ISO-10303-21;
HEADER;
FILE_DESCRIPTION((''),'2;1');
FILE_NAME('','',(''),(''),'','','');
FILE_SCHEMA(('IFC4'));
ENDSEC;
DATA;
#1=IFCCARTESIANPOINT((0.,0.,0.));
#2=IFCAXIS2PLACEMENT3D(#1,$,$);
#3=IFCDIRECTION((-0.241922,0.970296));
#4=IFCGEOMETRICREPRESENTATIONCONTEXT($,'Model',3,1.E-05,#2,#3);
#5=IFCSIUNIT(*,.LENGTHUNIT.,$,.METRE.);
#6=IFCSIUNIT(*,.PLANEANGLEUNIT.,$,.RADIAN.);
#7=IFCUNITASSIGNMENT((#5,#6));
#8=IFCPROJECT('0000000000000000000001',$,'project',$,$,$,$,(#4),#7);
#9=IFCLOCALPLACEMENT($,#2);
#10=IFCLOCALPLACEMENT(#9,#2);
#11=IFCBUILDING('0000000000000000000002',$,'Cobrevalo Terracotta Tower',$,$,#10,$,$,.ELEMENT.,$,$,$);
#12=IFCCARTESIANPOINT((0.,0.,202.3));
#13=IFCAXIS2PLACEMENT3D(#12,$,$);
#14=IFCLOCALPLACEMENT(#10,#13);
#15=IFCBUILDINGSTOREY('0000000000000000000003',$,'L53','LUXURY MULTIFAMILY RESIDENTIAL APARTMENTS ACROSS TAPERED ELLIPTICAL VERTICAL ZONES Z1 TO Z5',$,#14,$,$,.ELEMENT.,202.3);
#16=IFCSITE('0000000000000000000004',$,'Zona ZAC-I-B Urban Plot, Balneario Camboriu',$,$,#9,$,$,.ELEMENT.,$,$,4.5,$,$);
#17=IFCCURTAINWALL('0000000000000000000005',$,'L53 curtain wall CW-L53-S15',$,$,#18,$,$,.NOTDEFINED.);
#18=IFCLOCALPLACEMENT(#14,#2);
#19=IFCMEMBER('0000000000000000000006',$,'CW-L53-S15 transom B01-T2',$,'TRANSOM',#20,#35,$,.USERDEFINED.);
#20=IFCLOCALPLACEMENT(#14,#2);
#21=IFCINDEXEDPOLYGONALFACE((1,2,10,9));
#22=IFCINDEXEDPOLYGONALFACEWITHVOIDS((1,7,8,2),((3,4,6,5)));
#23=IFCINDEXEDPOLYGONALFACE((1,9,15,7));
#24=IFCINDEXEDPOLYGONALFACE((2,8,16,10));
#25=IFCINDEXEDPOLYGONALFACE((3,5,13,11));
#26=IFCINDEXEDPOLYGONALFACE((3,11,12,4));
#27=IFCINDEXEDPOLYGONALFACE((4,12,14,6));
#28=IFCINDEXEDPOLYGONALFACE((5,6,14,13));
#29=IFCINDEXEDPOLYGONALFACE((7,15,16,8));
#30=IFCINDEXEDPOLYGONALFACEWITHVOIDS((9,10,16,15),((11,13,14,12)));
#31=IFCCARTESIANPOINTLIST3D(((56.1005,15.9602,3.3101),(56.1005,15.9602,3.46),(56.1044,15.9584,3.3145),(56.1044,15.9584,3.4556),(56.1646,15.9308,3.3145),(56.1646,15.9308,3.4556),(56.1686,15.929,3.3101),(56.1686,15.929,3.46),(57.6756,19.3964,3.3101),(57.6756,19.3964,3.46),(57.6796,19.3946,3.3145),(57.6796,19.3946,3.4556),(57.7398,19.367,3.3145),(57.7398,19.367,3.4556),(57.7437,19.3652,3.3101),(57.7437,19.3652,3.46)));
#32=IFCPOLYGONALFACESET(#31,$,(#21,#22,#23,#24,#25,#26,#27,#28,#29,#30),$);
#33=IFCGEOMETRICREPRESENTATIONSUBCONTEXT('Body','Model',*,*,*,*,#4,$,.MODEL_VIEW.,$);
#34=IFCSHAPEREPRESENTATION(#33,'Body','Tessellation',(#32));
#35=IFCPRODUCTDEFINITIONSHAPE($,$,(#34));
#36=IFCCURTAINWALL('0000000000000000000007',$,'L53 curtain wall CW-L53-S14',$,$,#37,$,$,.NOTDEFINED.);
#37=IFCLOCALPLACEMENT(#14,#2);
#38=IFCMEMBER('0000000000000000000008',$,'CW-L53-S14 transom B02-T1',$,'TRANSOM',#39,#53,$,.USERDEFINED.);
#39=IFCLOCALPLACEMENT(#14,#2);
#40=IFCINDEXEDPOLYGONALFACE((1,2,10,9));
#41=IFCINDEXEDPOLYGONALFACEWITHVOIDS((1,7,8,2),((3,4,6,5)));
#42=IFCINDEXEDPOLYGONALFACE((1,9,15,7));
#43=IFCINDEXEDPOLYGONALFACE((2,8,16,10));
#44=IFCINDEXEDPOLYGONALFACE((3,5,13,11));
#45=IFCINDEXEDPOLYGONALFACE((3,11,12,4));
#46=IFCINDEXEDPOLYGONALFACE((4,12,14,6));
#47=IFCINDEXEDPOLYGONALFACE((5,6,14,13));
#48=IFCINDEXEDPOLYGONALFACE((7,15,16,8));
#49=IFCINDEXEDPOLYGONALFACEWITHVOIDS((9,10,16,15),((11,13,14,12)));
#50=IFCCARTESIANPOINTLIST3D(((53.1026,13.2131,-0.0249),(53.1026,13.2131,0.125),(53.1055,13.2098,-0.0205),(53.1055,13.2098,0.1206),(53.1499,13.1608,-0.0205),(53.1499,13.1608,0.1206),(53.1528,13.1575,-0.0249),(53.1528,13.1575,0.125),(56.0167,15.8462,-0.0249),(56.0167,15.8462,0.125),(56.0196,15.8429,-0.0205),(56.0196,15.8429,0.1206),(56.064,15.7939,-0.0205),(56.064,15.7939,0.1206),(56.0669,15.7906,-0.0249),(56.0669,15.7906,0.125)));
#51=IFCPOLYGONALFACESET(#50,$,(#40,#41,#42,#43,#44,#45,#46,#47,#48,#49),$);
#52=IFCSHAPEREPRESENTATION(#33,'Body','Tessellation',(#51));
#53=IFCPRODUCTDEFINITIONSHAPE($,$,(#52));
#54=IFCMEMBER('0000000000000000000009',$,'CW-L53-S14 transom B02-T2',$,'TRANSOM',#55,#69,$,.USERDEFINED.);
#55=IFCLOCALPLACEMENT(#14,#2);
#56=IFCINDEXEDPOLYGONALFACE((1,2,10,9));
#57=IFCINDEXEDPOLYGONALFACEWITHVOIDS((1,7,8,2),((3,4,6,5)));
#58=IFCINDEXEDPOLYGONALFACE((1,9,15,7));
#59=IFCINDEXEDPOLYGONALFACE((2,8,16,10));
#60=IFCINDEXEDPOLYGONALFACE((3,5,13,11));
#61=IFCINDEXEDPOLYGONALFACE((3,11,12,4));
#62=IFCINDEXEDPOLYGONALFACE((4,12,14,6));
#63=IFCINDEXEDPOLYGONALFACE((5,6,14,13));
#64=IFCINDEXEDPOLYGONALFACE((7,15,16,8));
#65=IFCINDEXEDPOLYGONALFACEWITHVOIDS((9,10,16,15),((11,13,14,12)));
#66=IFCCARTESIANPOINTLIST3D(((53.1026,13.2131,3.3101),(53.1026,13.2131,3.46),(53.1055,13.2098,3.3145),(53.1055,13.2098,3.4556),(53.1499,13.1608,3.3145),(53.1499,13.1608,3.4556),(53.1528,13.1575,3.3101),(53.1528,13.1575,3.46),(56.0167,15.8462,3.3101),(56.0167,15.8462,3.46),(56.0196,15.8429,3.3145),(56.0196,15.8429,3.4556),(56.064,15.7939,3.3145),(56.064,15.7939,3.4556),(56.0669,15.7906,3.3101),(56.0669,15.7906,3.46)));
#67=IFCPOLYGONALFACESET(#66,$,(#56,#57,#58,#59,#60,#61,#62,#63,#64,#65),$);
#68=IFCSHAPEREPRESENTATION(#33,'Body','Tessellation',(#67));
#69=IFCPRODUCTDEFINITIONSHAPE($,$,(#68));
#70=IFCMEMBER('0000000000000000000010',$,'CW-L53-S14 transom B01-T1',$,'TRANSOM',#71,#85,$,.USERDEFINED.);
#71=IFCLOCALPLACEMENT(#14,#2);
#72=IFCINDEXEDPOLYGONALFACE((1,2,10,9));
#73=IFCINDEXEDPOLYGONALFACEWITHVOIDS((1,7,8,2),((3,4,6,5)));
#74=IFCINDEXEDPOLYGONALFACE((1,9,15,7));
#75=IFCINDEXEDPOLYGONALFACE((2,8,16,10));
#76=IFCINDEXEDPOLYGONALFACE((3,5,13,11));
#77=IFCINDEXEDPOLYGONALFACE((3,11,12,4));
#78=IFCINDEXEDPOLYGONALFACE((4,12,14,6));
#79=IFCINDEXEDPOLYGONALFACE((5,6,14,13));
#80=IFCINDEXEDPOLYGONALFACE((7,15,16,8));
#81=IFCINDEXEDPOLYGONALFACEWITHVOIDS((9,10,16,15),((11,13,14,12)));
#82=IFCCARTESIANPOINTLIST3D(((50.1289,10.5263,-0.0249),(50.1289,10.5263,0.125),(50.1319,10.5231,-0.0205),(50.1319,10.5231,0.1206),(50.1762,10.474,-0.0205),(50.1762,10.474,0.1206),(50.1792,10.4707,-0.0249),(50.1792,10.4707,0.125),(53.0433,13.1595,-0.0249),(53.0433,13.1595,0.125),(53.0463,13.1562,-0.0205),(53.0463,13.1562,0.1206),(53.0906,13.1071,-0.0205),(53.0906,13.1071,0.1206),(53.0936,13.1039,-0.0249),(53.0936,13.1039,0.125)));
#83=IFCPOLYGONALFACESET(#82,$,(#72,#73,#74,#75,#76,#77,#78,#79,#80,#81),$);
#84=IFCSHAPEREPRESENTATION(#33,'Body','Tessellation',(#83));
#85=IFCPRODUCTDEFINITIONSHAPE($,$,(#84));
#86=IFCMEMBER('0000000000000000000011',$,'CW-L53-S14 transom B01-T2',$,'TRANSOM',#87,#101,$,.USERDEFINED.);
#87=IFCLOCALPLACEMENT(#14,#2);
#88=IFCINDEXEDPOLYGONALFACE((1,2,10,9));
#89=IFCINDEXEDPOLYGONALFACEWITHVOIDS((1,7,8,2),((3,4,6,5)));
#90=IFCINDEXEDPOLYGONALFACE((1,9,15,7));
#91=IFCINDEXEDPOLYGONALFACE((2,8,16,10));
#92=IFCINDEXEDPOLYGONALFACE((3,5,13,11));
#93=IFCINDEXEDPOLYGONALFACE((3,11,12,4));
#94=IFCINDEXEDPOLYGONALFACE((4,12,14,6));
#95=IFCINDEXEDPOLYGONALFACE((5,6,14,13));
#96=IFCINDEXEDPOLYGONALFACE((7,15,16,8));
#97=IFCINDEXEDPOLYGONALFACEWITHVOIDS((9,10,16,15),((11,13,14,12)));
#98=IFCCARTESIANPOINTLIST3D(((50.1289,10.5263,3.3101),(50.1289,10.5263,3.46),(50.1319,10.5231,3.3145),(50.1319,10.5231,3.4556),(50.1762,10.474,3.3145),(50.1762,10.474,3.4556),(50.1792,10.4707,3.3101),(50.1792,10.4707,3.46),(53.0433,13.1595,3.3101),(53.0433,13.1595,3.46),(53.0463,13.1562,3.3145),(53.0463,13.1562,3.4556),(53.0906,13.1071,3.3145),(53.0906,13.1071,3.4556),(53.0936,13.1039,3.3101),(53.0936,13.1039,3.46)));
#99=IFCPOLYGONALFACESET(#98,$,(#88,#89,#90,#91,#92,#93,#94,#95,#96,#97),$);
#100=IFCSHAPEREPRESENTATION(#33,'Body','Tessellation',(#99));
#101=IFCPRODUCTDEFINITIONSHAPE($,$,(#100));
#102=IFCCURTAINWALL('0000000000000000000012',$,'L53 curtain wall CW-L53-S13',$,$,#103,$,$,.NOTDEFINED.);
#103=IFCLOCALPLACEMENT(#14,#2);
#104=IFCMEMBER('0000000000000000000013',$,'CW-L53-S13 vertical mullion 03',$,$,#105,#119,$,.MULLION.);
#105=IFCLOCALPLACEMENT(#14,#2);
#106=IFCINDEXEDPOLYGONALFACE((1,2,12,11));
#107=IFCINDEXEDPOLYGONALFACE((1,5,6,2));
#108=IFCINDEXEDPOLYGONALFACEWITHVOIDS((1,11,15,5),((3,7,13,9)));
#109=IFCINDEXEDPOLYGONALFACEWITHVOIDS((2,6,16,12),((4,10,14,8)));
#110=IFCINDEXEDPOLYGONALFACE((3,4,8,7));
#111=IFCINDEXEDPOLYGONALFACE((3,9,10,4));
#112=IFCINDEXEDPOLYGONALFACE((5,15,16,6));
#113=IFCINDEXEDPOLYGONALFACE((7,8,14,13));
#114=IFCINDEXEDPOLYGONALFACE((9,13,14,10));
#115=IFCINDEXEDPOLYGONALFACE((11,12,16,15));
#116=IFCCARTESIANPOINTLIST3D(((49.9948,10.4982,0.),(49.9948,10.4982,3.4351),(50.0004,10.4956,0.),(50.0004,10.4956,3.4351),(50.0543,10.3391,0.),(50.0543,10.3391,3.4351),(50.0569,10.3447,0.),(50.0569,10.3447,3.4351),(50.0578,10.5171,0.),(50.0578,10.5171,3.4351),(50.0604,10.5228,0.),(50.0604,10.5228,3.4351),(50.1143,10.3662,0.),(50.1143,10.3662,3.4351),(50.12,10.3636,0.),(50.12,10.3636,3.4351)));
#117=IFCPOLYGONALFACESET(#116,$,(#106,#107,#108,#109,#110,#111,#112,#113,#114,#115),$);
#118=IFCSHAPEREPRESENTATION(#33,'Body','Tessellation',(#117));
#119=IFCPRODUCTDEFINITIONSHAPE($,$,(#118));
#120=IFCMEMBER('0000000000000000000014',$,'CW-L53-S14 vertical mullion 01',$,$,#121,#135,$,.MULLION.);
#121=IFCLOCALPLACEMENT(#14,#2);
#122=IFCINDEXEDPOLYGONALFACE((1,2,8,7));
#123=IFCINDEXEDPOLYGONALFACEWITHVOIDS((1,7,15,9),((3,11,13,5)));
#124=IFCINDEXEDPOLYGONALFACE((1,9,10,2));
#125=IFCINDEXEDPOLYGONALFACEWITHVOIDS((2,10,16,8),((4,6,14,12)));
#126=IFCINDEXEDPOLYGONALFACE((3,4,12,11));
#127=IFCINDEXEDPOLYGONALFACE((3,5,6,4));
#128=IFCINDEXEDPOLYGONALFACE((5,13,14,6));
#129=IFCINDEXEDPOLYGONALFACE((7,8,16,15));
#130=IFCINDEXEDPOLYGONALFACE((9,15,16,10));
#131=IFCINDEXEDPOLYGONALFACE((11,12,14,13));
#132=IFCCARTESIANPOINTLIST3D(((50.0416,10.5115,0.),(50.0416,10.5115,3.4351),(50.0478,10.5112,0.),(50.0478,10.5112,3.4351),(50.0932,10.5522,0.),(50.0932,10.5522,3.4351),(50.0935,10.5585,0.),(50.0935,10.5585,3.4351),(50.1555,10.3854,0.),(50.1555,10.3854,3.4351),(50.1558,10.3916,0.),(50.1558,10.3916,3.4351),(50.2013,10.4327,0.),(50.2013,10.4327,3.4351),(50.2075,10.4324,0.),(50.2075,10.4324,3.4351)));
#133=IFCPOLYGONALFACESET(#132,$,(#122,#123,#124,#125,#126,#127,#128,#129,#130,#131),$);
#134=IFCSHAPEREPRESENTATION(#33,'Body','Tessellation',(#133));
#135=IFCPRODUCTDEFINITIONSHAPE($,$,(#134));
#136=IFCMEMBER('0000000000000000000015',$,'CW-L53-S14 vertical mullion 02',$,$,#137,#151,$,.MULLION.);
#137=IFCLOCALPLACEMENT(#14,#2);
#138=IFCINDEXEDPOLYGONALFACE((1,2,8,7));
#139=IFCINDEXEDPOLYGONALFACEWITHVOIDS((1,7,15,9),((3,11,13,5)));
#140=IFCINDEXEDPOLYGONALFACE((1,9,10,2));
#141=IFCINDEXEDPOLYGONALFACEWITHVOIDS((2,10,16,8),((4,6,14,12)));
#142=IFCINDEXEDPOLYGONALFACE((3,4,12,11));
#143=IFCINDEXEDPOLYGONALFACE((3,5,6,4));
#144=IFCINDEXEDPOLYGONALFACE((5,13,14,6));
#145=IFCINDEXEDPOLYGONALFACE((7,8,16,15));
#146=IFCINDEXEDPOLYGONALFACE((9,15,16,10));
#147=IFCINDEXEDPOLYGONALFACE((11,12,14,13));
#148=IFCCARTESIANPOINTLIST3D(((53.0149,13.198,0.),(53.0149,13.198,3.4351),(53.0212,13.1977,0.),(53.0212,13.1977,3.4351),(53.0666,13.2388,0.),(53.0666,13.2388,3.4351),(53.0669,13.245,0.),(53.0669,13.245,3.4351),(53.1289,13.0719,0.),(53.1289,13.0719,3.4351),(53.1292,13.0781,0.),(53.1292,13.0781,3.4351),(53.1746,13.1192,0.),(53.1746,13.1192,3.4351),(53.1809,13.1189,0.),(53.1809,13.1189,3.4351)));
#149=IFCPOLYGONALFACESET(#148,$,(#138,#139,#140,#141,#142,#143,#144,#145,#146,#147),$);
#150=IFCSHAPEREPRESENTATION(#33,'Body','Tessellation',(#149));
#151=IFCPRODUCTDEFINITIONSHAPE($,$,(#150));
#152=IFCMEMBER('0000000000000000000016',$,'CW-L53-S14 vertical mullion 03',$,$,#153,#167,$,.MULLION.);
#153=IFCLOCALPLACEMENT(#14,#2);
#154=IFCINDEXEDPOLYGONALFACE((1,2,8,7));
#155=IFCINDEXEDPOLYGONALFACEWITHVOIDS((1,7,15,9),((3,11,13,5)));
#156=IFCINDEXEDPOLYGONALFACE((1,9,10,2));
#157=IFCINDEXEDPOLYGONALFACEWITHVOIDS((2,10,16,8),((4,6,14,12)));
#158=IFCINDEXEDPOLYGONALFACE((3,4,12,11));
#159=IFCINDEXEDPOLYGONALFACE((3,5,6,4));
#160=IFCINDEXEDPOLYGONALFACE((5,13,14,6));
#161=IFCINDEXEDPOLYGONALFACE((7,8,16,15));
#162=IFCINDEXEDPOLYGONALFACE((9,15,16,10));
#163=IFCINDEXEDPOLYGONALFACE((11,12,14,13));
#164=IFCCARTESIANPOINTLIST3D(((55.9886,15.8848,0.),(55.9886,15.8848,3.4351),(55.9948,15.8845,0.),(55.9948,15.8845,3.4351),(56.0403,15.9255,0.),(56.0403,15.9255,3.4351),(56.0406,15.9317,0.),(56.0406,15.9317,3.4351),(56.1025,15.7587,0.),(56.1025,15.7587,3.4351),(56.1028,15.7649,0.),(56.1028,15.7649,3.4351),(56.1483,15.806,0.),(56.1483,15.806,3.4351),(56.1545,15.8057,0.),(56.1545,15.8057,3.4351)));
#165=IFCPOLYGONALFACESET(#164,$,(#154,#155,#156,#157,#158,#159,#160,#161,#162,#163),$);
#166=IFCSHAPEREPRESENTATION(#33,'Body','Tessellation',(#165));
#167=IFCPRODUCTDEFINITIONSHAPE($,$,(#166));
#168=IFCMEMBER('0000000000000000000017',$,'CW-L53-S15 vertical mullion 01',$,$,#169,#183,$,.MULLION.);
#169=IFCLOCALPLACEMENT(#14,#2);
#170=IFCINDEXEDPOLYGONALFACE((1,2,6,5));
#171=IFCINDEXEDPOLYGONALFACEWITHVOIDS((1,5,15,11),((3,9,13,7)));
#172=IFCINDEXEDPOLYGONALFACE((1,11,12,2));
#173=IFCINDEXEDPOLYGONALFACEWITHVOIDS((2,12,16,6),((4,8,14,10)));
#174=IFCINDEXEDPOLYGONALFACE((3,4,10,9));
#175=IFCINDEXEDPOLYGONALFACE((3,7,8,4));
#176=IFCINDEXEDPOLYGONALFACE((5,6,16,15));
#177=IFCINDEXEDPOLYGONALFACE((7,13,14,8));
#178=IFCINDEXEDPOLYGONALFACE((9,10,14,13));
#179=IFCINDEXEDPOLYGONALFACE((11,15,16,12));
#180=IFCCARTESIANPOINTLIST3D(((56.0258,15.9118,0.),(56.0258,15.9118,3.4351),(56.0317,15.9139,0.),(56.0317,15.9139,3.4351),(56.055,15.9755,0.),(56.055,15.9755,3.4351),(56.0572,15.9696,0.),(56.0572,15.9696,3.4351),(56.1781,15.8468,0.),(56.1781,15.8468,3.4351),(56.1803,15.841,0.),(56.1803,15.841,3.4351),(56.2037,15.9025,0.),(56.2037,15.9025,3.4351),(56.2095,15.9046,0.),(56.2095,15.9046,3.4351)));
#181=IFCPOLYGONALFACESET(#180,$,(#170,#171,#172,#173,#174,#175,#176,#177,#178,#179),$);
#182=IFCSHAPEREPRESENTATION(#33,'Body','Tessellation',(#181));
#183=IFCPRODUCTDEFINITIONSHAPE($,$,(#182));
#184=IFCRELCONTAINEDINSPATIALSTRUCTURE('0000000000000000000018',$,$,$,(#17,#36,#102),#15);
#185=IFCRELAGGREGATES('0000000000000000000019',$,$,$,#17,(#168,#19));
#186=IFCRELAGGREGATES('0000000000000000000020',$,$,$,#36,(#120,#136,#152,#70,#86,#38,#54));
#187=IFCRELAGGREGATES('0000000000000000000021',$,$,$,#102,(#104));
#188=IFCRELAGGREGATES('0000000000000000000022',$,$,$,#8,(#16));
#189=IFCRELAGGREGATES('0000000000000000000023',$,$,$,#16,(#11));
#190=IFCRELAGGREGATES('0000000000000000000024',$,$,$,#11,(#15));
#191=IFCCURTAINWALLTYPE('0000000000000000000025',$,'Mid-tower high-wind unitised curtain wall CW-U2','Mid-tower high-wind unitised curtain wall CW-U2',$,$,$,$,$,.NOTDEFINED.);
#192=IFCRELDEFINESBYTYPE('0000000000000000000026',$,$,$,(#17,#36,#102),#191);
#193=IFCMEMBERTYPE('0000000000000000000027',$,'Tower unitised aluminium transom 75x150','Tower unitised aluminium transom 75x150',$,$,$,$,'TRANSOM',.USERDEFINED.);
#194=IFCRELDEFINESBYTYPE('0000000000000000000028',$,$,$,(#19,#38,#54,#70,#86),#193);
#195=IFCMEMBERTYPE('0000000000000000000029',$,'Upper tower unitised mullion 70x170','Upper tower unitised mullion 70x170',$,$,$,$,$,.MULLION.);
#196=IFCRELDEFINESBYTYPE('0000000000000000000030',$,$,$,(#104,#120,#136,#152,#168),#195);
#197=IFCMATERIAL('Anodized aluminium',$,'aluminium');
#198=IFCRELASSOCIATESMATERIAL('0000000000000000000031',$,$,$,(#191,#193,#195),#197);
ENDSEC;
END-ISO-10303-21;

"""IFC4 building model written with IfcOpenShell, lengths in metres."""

from ifc_helpers import new_model, si_unit, direction, frame, origin, origin_2d, place, context, subcontext, project, spatial, hollow_rectangle, extrude, source, transform, mapped, material, material_profile, profile_set, type_object, element, aggregate, save


model = new_model("IFC4")

# Units and contexts
model_context = context("Model", 3, precision=1e-05, world=origin(), true_north=direction((-0.241922, 0.970296)))
body_context = subcontext(model_context, "Body", "Model", "MODEL_VIEW")
ifc_project = project(units=[si_unit("LENGTHUNIT", "METRE"), si_unit("PLANEANGLEUNIT", "RADIAN")], contexts=[model_context])

# Site, building, storey
site_placement = place(None, origin())
site = spatial("IfcSite", under=ifc_project, at=site_placement, Name="Zona ZAC-I-B Urban Plot, Balneario Camboriu", CompositionType="ELEMENT", RefElevation=4.5)
building_placement = place(site_placement, origin())
building = spatial("IfcBuilding", under=site, at=building_placement, Name="Cobrevalo Terracotta Tower", CompositionType="ELEMENT")
storey_placement = place(building_placement, frame((0.0, 0.0, 202.3)))
storey = spatial("IfcBuildingStorey", under=building, at=storey_placement, Name="L53", Description="LUXURY MULTIFAMILY RESIDENTIAL APARTMENTS ACROSS TAPERED ELLIPTICAL VERTICAL ZONES Z1 TO Z5", CompositionType="ELEMENT", Elevation=202.3)

# Curtain walls, members
ifc_material_1 = material(Name="Anodized aluminium", Category="aluminium")
curtain_wall_type = type_object("IfcCurtainWallType", Name="Mid-tower high-wind unitised curtain wall CW-U2", Description="Mid-tower high-wind unitised curtain wall CW-U2", PredefinedType="NOTDEFINED", material=ifc_material_1)
curtain_wall_1_placement = place(storey_placement, origin())
curtain_wall_1 = element("IfcCurtainWall", 1, at=curtain_wall_1_placement, inside=storey, type_object=curtain_wall_type, Name="L53 curtain wall CW-L53-S15", PredefinedType="NOTDEFINED")
ifc_material_profile_1 = material_profile(ifc_material_1, hollow_rectangle(XDim=0.075, YDim=0.1499, WallThickness=0.0044, at=origin_2d()), Name="CWT 75x150")
ifc_profile_set_1 = profile_set([ifc_material_profile_1], Name="Anodized aluminium")
member_type_1 = type_object("IfcMemberType", Name="Tower unitised aluminium transom 75x150", Description="Tower unitised aluminium transom 75x150", ElementType="TRANSOM", PredefinedType="USERDEFINED", material=ifc_profile_set_1)
shared_shape_1 = source(origin(), body_context, "Body", "SweptSolid", [
    extrude(hollow_rectangle(XDim=0.075, YDim=0.1499, WallThickness=0.0044, at=origin_2d()), origin(), (0.0, 0.0, 1.0), 3.78),
])
member_1_placement = place(storey_placement, frame((56.1345, 15.9446, 3.385), z_axis=(0.416706, 0.909041, 0.0), x_axis=(-0.909041, 0.416706, 0.0)))
member_1 = element("IfcMember", 2, at=member_1_placement, type_object=member_type_1, Name="CW-L53-S15 transom B01-T2", ObjectType="TRANSOM", PredefinedType="USERDEFINED", context=body_context, shape_type="MappedRepresentation", body=[
    mapped(shared_shape_1, transform((0.0, 0.0, 0.0), scale=1.0)),
])
curtain_wall_2_placement = place(storey_placement, origin())
curtain_wall_2 = element("IfcCurtainWall", 3, at=curtain_wall_2_placement, inside=storey, type_object=curtain_wall_type, Name="L53 curtain wall CW-L53-S14", PredefinedType="NOTDEFINED")
shared_shape_2 = source(origin(), body_context, "Body", "SweptSolid", [
    extrude(hollow_rectangle(XDim=0.075, YDim=0.1499, WallThickness=0.0044, at=origin_2d()), origin(), (0.0, 0.0, 1.0), 3.9275),
])
member_2_placement = place(storey_placement, frame((53.1277, 13.1853, 0.05), z_axis=(0.741976, 0.670426, 0.0), x_axis=(-0.670426, 0.741976, 0.0)))
member_2 = element("IfcMember", 4, at=member_2_placement, type_object=member_type_1, Name="CW-L53-S14 transom B02-T1", ObjectType="TRANSOM", PredefinedType="USERDEFINED", context=body_context, shape_type="MappedRepresentation", body=[
    mapped(shared_shape_2, transform((0.0, 0.0, 0.0), scale=1.0)),
])
member_3_placement = place(storey_placement, frame((53.1277, 13.1853, 3.385), z_axis=(0.741976, 0.670426, 0.0), x_axis=(-0.670426, 0.741976, 0.0)))
member_3 = element("IfcMember", 5, at=member_3_placement, type_object=member_type_1, Name="CW-L53-S14 transom B02-T2", ObjectType="TRANSOM", PredefinedType="USERDEFINED", context=body_context, shape_type="MappedRepresentation", body=[
    mapped(shared_shape_2, transform((0.0, 0.0, 0.0), scale=1.0)),
])
shared_shape_3 = source(origin(), body_context, "Body", "SweptSolid", [
    extrude(hollow_rectangle(XDim=0.075, YDim=0.1499, WallThickness=0.0044, at=origin_2d()), origin(), (0.0, 0.0, 1.0), 3.9277),
])
member_4_placement = place(storey_placement, frame((50.1541, 10.4985, 0.05), z_axis=(0.742004, 0.670396, 0.0), x_axis=(-0.670396, 0.742004, 0.0)))
member_4 = element("IfcMember", 6, at=member_4_placement, type_object=member_type_1, Name="CW-L53-S14 transom B01-T1", ObjectType="TRANSOM", PredefinedType="USERDEFINED", context=body_context, shape_type="MappedRepresentation", body=[
    mapped(shared_shape_3, transform((0.0, 0.0, 0.0), scale=1.0)),
])
member_5_placement = place(storey_placement, frame((50.1541, 10.4985, 3.385), z_axis=(0.742004, 0.670396, 0.0), x_axis=(-0.670396, 0.742004, 0.0)))
member_5 = element("IfcMember", 7, at=member_5_placement, type_object=member_type_1, Name="CW-L53-S14 transom B01-T2", ObjectType="TRANSOM", PredefinedType="USERDEFINED", context=body_context, shape_type="MappedRepresentation", body=[
    mapped(shared_shape_3, transform((0.0, 0.0, 0.0), scale=1.0)),
])

# Curtain wall, member
curtain_wall_3_placement = place(storey_placement, origin())
curtain_wall_3 = element("IfcCurtainWall", 8, at=curtain_wall_3_placement, inside=storey, type_object=curtain_wall_type, Name="L53 curtain wall CW-L53-S13", PredefinedType="NOTDEFINED")
ifc_material_profile_2 = material_profile(ifc_material_1, hollow_rectangle(XDim=0.0701, YDim=0.1699, WallThickness=0.0044, at=origin_2d()), Name="CWM 70x170")
ifc_profile_set_2 = profile_set([ifc_material_profile_2], Name="Anodized aluminium")
member_type_2 = type_object("IfcMemberType", Name="Upper tower unitised mullion 70x170", Description="Upper tower unitised mullion 70x170", PredefinedType="MULLION", material=ifc_profile_set_2)
shared_shape_4 = source(origin(), body_context, "Body", "SweptSolid", [
    extrude(hollow_rectangle(XDim=0.0701, YDim=0.1699, WallThickness=0.0044, at=origin_2d()), origin(), (0.0, 0.0, 1.0), 3.4351),
])
member_6_placement = place(storey_placement, frame((50.0574, 10.4309, 0.0), z_axis=(0.0, 0.0, 1.0), x_axis=(0.936556, 0.350518, 0.0)))
member_6 = element("IfcMember", 9, at=member_6_placement, type_object=member_type_2, Name="CW-L53-S13 vertical mullion 03", PredefinedType="MULLION", context=body_context, shape_type="MappedRepresentation", body=[
    mapped(shared_shape_4, transform((0.0, 0.0, 0.0), scale=1.0)),
])

# Members
member_7_placement = place(storey_placement, frame((50.1245, 10.4719, 0.0), z_axis=(0.0, 0.0, 1.0), x_axis=(0.741988, 0.670414, 0.0)))
member_7 = element("IfcMember", 10, at=member_7_placement, type_object=member_type_2, Name="CW-L53-S14 vertical mullion 01", PredefinedType="MULLION", context=body_context, shape_type="MappedRepresentation", body=[
    mapped(shared_shape_4, transform((0.0, 0.0, 0.0), scale=1.0)),
])
member_8_placement = place(storey_placement, frame((53.0979, 13.1584, 0.0), z_axis=(0.0, 0.0, 1.0), x_axis=(0.741988, 0.670414, 0.0)))
member_8 = element("IfcMember", 11, at=member_8_placement, type_object=member_type_2, Name="CW-L53-S14 vertical mullion 02", PredefinedType="MULLION", context=body_context, shape_type="MappedRepresentation", body=[
    mapped(shared_shape_4, transform((0.0, 0.0, 0.0), scale=1.0)),
])
member_9_placement = place(storey_placement, frame((56.0715, 15.8452, 0.0), z_axis=(0.0, 0.0, 1.0), x_axis=(0.741988, 0.670414, 0.0)))
member_9 = element("IfcMember", 12, at=member_9_placement, type_object=member_type_2, Name="CW-L53-S14 vertical mullion 03", PredefinedType="MULLION", context=body_context, shape_type="MappedRepresentation", body=[
    mapped(shared_shape_4, transform((0.0, 0.0, 0.0), scale=1.0)),
])
member_10_placement = place(storey_placement, frame((56.1177, 15.9082, 0.0), z_axis=(0.0, 0.0, 1.0), x_axis=(0.416725, 0.909033, 0.0)))
member_10 = element("IfcMember", 13, at=member_10_placement, type_object=member_type_2, Name="CW-L53-S15 vertical mullion 01", PredefinedType="MULLION", context=body_context, shape_type="MappedRepresentation", body=[
    mapped(shared_shape_4, transform((0.0, 0.0, 0.0), scale=1.0)),
])
aggregate(curtain_wall_1, [member_10, member_1])

aggregate(curtain_wall_2, [member_7, member_8, member_9, member_4, member_5, member_2, member_3])
aggregate(curtain_wall_3, [member_6])

save(model, "model.ifc")
